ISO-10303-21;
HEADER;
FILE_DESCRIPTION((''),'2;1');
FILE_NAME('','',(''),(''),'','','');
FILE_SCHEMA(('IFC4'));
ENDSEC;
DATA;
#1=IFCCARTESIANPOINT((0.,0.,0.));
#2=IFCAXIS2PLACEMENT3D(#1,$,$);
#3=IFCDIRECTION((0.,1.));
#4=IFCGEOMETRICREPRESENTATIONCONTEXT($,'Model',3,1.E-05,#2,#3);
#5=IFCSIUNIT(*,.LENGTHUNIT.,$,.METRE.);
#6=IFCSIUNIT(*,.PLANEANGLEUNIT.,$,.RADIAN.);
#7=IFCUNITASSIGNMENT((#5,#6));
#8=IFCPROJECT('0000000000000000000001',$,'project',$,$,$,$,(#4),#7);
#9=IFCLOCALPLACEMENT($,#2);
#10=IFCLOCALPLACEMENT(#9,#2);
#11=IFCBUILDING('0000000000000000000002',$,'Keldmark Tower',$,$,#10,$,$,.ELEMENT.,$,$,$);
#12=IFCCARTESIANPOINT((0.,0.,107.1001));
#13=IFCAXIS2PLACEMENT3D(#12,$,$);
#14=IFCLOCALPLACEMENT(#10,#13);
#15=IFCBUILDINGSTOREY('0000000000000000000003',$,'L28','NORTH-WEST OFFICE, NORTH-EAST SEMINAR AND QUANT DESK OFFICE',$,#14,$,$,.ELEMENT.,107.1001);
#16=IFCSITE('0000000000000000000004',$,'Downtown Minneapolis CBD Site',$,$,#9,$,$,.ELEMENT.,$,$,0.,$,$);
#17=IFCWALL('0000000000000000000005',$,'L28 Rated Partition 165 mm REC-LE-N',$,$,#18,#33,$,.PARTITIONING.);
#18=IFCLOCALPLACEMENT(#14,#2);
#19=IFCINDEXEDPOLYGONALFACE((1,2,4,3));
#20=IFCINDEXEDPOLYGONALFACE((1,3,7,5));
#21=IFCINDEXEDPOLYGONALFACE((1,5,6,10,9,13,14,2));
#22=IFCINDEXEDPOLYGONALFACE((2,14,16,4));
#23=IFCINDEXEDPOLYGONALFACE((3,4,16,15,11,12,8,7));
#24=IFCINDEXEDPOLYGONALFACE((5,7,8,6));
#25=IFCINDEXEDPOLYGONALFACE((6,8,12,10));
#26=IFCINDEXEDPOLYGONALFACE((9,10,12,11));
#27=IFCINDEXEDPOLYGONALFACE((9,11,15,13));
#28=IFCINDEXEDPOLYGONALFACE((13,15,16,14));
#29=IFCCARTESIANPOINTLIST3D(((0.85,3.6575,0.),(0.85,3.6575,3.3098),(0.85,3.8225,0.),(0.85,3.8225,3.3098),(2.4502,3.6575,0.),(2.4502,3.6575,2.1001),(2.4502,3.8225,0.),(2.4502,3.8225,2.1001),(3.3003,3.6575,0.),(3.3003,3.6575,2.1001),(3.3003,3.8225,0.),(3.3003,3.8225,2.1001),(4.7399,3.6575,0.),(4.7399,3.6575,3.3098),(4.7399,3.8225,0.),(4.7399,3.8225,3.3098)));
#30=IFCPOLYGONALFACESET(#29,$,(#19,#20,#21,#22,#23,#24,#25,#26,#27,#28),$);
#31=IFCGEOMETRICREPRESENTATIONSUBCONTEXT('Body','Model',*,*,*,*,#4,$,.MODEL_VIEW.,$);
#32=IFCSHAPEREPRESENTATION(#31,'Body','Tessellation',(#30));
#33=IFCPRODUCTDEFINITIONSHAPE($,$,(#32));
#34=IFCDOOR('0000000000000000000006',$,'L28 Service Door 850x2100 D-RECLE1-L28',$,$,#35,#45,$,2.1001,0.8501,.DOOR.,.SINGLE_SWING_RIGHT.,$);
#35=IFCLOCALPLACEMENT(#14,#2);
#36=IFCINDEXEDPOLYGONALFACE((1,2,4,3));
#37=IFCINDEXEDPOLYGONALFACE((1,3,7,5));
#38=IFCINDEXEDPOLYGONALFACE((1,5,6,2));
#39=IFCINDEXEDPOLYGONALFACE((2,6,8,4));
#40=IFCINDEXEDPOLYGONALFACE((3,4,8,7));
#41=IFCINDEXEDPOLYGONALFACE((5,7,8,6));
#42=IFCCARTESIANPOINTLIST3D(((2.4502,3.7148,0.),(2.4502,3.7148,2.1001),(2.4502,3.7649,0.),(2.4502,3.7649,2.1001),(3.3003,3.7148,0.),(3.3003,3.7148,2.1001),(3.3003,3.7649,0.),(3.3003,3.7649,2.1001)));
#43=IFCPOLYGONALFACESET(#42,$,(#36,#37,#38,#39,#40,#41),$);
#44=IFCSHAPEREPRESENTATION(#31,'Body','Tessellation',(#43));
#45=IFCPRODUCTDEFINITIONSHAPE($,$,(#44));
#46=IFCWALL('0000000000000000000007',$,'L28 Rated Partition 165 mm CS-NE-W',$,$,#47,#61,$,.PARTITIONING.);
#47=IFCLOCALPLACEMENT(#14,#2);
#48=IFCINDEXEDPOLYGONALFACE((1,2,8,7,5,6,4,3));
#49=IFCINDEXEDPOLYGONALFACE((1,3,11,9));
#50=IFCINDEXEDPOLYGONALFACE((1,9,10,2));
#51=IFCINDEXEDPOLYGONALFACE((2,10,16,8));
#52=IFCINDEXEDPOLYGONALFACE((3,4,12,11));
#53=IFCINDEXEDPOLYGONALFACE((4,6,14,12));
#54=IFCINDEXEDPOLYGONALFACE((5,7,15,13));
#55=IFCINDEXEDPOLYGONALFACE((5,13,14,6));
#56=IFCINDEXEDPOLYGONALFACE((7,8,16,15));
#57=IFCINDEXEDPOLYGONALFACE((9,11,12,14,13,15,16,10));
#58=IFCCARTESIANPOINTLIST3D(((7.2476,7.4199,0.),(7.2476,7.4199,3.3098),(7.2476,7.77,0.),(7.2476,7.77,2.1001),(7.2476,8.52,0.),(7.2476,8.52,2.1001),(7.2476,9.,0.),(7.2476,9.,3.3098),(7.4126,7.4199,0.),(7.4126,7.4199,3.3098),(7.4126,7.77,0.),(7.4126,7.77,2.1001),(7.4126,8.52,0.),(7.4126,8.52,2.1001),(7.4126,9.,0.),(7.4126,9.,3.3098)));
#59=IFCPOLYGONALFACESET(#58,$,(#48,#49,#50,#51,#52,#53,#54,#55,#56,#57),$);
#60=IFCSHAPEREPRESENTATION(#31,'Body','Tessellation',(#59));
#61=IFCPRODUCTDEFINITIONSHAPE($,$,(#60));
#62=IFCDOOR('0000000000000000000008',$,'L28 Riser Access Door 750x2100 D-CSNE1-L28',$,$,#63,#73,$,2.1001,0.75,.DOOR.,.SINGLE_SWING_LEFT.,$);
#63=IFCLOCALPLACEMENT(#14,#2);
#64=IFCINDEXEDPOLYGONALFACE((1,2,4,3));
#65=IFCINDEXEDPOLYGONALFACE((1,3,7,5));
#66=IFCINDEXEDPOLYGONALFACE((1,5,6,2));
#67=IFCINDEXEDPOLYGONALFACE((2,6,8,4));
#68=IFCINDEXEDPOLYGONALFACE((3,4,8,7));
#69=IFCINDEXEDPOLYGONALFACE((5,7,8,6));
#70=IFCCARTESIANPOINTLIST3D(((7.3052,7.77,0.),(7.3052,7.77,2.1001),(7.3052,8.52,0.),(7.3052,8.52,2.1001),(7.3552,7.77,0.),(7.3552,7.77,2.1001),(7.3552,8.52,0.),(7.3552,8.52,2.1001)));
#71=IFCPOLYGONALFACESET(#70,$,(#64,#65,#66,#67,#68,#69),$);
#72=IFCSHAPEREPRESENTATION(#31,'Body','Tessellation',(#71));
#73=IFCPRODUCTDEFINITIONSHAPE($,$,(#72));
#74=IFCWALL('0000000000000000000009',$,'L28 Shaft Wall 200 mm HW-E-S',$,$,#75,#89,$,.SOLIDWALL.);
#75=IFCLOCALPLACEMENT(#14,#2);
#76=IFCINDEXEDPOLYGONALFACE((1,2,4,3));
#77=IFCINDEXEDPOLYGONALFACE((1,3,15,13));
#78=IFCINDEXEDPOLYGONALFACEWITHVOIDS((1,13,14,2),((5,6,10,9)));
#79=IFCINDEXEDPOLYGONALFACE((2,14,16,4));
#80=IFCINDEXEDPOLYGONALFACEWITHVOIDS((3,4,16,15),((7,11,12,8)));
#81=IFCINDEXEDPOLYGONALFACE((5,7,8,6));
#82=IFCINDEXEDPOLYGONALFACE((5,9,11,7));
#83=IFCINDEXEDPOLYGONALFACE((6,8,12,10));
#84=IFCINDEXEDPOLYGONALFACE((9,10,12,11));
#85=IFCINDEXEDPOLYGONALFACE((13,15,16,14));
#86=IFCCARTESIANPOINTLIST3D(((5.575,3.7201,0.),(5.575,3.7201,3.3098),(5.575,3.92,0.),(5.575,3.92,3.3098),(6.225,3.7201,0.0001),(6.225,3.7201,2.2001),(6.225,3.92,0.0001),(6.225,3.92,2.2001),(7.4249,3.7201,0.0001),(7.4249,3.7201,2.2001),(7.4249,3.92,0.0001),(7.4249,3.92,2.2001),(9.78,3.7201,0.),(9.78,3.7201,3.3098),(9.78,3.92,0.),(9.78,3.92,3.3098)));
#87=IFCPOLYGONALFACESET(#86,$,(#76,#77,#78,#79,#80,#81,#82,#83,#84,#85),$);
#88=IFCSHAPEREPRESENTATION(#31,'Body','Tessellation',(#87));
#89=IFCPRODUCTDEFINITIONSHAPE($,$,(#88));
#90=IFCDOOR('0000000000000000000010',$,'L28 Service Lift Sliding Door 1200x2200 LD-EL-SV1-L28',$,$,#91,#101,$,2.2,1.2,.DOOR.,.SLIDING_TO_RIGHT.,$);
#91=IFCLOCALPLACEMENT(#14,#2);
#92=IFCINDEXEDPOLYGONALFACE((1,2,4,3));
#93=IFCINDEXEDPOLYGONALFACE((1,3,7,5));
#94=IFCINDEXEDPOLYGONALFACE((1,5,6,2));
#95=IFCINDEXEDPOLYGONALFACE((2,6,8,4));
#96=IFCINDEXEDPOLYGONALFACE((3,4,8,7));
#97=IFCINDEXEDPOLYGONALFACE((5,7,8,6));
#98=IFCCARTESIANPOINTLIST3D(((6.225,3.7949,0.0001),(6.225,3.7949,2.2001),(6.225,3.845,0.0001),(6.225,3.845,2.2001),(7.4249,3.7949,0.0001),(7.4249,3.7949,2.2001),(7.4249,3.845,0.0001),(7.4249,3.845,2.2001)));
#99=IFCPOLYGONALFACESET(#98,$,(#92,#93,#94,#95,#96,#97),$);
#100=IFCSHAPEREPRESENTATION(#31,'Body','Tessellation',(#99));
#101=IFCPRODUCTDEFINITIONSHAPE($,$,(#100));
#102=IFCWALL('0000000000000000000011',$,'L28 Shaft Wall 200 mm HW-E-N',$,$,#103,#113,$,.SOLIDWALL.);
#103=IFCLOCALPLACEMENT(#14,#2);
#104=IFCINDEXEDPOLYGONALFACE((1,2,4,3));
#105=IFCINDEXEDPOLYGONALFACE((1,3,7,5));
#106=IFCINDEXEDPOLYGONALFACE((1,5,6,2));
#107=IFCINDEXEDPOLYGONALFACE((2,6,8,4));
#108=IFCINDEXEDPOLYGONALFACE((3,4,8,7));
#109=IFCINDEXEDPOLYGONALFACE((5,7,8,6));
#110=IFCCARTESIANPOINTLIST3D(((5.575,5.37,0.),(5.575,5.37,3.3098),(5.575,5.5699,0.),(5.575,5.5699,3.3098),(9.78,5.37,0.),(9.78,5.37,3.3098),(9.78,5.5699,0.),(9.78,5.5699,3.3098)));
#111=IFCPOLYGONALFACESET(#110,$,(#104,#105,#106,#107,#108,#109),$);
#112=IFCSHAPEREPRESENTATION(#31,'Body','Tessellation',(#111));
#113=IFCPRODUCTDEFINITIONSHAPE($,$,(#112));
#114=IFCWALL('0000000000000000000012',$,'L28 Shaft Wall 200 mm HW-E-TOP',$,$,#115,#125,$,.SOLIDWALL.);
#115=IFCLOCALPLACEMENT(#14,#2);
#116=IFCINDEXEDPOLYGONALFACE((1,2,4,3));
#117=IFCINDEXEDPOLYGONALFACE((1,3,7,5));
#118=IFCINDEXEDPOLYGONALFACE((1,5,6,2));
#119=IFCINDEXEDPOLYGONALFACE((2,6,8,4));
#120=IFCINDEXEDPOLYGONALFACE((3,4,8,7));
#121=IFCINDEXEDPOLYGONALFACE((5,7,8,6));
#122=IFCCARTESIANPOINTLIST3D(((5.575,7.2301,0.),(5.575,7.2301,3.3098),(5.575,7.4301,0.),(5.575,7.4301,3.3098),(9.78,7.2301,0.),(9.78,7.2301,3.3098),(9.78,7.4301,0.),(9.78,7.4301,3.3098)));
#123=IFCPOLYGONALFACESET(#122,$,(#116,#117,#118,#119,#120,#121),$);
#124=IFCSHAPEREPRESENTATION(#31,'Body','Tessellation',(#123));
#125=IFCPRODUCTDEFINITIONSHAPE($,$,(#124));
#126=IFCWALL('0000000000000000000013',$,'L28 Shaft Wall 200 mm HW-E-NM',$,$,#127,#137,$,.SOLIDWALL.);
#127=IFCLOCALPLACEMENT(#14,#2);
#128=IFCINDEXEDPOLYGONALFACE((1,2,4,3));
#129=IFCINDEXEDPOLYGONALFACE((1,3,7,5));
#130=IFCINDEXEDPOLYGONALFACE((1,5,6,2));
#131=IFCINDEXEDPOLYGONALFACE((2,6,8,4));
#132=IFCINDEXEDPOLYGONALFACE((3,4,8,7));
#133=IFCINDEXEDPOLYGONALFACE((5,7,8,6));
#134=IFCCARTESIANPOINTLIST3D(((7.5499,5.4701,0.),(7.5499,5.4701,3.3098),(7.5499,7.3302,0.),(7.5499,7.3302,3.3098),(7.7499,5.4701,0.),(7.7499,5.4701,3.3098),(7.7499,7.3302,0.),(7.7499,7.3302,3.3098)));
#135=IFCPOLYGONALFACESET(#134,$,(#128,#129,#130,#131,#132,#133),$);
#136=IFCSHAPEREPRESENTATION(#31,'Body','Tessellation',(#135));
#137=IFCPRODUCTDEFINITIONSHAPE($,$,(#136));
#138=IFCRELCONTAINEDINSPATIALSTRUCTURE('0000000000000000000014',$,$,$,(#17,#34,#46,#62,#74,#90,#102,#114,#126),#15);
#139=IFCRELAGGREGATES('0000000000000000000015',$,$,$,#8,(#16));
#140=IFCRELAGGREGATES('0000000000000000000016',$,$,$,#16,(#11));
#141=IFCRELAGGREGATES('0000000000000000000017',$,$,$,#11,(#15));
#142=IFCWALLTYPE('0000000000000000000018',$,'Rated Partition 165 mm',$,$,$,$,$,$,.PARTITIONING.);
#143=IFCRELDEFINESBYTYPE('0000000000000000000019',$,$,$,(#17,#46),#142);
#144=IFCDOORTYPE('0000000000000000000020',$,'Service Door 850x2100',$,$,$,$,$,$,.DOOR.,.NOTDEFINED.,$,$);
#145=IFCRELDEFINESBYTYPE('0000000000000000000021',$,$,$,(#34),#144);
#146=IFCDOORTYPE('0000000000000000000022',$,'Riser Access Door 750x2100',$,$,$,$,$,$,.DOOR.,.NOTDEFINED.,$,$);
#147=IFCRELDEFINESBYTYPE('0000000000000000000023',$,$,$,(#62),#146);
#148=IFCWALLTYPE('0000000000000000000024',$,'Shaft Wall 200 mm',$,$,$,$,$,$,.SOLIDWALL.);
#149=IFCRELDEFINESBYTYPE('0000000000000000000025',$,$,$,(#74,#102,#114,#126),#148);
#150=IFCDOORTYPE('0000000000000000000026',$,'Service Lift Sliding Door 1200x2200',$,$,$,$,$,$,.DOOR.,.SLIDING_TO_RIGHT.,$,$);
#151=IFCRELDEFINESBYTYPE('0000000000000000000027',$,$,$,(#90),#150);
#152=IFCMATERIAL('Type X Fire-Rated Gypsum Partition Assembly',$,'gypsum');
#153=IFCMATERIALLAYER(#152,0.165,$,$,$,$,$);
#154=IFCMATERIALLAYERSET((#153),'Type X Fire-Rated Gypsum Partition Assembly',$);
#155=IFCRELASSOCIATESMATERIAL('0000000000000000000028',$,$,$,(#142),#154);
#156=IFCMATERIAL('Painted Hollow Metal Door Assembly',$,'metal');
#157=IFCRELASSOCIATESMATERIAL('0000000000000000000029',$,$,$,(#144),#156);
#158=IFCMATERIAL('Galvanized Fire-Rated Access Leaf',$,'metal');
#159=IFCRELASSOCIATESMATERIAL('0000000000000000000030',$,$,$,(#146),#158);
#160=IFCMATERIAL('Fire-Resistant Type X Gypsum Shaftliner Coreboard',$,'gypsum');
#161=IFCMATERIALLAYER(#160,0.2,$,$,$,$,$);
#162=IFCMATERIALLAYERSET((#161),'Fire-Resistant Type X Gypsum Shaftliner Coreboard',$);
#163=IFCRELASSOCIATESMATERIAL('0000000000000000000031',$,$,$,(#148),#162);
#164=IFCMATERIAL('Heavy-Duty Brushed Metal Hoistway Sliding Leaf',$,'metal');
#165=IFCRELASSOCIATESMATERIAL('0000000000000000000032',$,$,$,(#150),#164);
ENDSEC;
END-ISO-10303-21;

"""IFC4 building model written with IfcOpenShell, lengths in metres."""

from ifc_helpers import new_model, si_unit, direction, frame, frame_2d, origin, place, context, subcontext, project, spatial, rectangle, extrude, material, layer, layer_set, type_object, element, fill, save


model = new_model("IFC4")

# Units and contexts
model_context = context("Model", 3, precision=1e-05, world=origin(), true_north=direction((0.0, 1.0)))
body_context = subcontext(model_context, "Body", "Model", "MODEL_VIEW")
ifc_project = project(units=[si_unit("LENGTHUNIT", "METRE"), si_unit("PLANEANGLEUNIT", "RADIAN")], contexts=[model_context])

# Site, building, storey
site_placement = place(None, origin())
site = spatial("IfcSite", under=ifc_project, at=site_placement, Name="Downtown Minneapolis CBD Site", CompositionType="ELEMENT", RefElevation=0.0)
building_placement = place(site_placement, origin())
building = spatial("IfcBuilding", under=site, at=building_placement, Name="Keldmark Tower", CompositionType="ELEMENT")
storey_placement = place(building_placement, frame((0.0, 0.0, 107.1001)))
storey = spatial("IfcBuildingStorey", under=building, at=storey_placement, Name="L28", Description="NORTH-WEST OFFICE, NORTH-EAST SEMINAR AND QUANT DESK OFFICE", CompositionType="ELEMENT", Elevation=107.1001)

# Walls, openings, doors
ifc_material_1 = material(Name="Type X Fire-Rated Gypsum Partition Assembly", Category="gypsum")
ifc_layer_1 = layer(ifc_material_1, 0.165)
ifc_layer_set_1 = layer_set([ifc_layer_1], Name="Type X Fire-Rated Gypsum Partition Assembly")
wall_type_1 = type_object("IfcWallType", Name="Rated Partition 165 mm", PredefinedType="PARTITIONING", material=ifc_layer_set_1)
wall_1_placement = place(storey_placement, frame((0.8501, 3.74, 0.0), z_axis=(0.0, 0.0, 1.0), x_axis=(1.0, 0.0, 0.0)))
wall_1 = element("IfcWall", 1, at=wall_1_placement, inside=storey, type_object=wall_type_1, Name="L28 Rated Partition 165 mm REC-LE-N", PredefinedType="PARTITIONING", context=body_context, shape_type="SweptSolid", body=[
    extrude(rectangle(XDim=3.8899, YDim=0.165, at=frame_2d((1.9448, 0.0))), origin(), (0.0, 0.0, 1.0), 3.3098),
])
opening_1_placement = place(wall_1_placement, frame((1.6001, 0.0, 0.0)))
opening_1 = element("IfcOpeningElement", 2, at=opening_1_placement, cuts=wall_1, PredefinedType="OPENING", context=body_context, shape_type="SweptSolid", body=[
    extrude(rectangle(XDim=0.8501, YDim=2.1001, at=frame_2d((0.425, 1.05))), frame((0.0, 0.0925, 0.0), z_axis=(0.0, -1.0, 0.0), x_axis=(1.0, 0.0, 0.0)), (0.0, 0.0, 1.0), 0.1851),
])
ifc_material_2 = material(Name="Painted Hollow Metal Door Assembly", Category="metal")
door_type_1 = type_object("IfcDoorType", Name="Service Door 850x2100", OperationType="NOTDEFINED", PredefinedType="DOOR", material=ifc_material_2)
door_1_placement = place(opening_1_placement, origin())
door_1 = element("IfcDoor", 3, at=door_1_placement, inside=storey, type_object=door_type_1, Name="L28 Service Door 850x2100 D-RECLE1-L28", OperationType="SINGLE_SWING_RIGHT", OverallHeight=2.1001, OverallWidth=0.8501, PredefinedType="DOOR", context=body_context, shape_type="SweptSolid", body=[
    extrude(rectangle(XDim=0.8501, YDim=2.1001, at=frame_2d((0.425, 1.05))), frame((0.0, 0.0249, 0.0), z_axis=(0.0, -1.0, 0.0), x_axis=(1.0, 0.0, 0.0)), (0.0, 0.0, 1.0), 0.05),
])
fill(opening_1, door_1)
wall_2_placement = place(storey_placement, frame((7.3301, 7.4199, 0.0), z_axis=(0.0, 0.0, 1.0), x_axis=(0.0, 1.0, 0.0)))
wall_2 = element("IfcWall", 4, at=wall_2_placement, inside=storey, type_object=wall_type_1, Name="L28 Rated Partition 165 mm CS-NE-W", PredefinedType="PARTITIONING", context=body_context, shape_type="SweptSolid", body=[
    extrude(rectangle(XDim=1.5801, YDim=0.165, at=frame_2d((0.79, 0.0))), origin(), (0.0, 0.0, 1.0), 3.3098),
])
opening_2_placement = place(wall_2_placement, frame((0.3501, 0.0, 0.0)))
opening_2 = element("IfcOpeningElement", 5, at=opening_2_placement, cuts=wall_2, PredefinedType="OPENING", context=body_context, shape_type="SweptSolid", body=[
    extrude(rectangle(XDim=0.75, YDim=2.1001, at=frame_2d((0.375, 1.05))), frame((0.0, 0.0925, 0.0), z_axis=(0.0, -1.0, 0.0), x_axis=(1.0, 0.0, 0.0)), (0.0, 0.0, 1.0), 0.1851),
])
ifc_material_3 = material(Name="Galvanized Fire-Rated Access Leaf", Category="metal")
door_type_2 = type_object("IfcDoorType", Name="Riser Access Door 750x2100", OperationType="NOTDEFINED", PredefinedType="DOOR", material=ifc_material_3)
door_2_placement = place(opening_2_placement, origin())
door_2 = element("IfcDoor", 6, at=door_2_placement, inside=storey, type_object=door_type_2, Name="L28 Riser Access Door 750x2100 D-CSNE1-L28", OperationType="SINGLE_SWING_LEFT", OverallHeight=2.1001, OverallWidth=0.75, PredefinedType="DOOR", context=body_context, shape_type="SweptSolid", body=[
    extrude(rectangle(XDim=0.75, YDim=2.1001, at=frame_2d((0.375, 1.05))), frame((0.0, 0.0249, 0.0), z_axis=(0.0, -1.0, 0.0), x_axis=(1.0, 0.0, 0.0)), (0.0, 0.0, 1.0), 0.05),
])
fill(opening_2, door_2)
ifc_material_4 = material(Name="Fire-Resistant Type X Gypsum Shaftliner Coreboard", Category="gypsum")
ifc_layer_2 = layer(ifc_material_4, 0.2)
ifc_layer_set_2 = layer_set([ifc_layer_2], Name="Fire-Resistant Type X Gypsum Shaftliner Coreboard")
wall_type_2 = type_object("IfcWallType", Name="Shaft Wall 200 mm", PredefinedType="SOLIDWALL", material=ifc_layer_set_2)
wall_3_placement = place(storey_placement, frame((5.575, 3.8201, 0.0), z_axis=(0.0, 0.0, 1.0), x_axis=(1.0, 0.0, 0.0)))
wall_3 = element("IfcWall", 7, at=wall_3_placement, inside=storey, type_object=wall_type_2, Name="L28 Shaft Wall 200 mm HW-E-S", PredefinedType="SOLIDWALL", context=body_context, shape_type="SweptSolid", body=[
    extrude(rectangle(XDim=4.2051, YDim=0.2, at=frame_2d((2.1025, 0.0))), origin(), (0.0, 0.0, 1.0), 3.3098),
])
opening_3_placement = place(wall_3_placement, frame((0.6499, 0.0, 0.0)))
opening_3 = element("IfcOpeningElement", 8, at=opening_3_placement, cuts=wall_3, PredefinedType="OPENING", context=body_context, shape_type="SweptSolid", body=[
    extrude(rectangle(XDim=1.2, YDim=2.2, at=frame_2d((0.6001, 1.1001))), frame((0.0, 0.1099, 0.0), z_axis=(0.0, -1.0, 0.0), x_axis=(1.0, 0.0, 0.0)), (0.0, 0.0, 1.0), 0.22),
])
ifc_material_5 = material(Name="Heavy-Duty Brushed Metal Hoistway Sliding Leaf", Category="metal")
door_type_3 = type_object("IfcDoorType", Name="Service Lift Sliding Door 1200x2200", OperationType="SLIDING_TO_RIGHT", PredefinedType="DOOR", material=ifc_material_5)
door_3_placement = place(opening_3_placement, origin())
door_3 = element("IfcDoor", 9, at=door_3_placement, inside=storey, type_object=door_type_3, Name="L28 Service Lift Sliding Door 1200x2200 LD-EL-SV1-L28", OperationType="SLIDING_TO_RIGHT", OverallHeight=2.2, OverallWidth=1.2, PredefinedType="DOOR", context=body_context, shape_type="SweptSolid", body=[
    extrude(rectangle(XDim=1.2, YDim=2.2, at=frame_2d((0.6001, 1.1001))), frame((0.0, 0.0249, 0.0), z_axis=(0.0, -1.0, 0.0), x_axis=(1.0, 0.0, 0.0)), (0.0, 0.0, 1.0), 0.05),
])
fill(opening_3, door_3)

# Walls
for number, where, z_axis, x_axis, name in (
    (10, (5.575, 5.47, 0.0), (0.0, 0.0, 1.0), (1.0, 0.0, 0.0), "L28 Shaft Wall 200 mm HW-E-N"),
    (11, (5.575, 7.3301, 0.0), (0.0, 0.0, 1.0), (1.0, 0.0, 0.0), "L28 Shaft Wall 200 mm HW-E-TOP"),
):
    element("IfcWall", number, at=place(storey_placement, frame(where, z_axis=z_axis, x_axis=x_axis)), inside=storey, type_object=wall_type_2, Name=name, PredefinedType="SOLIDWALL", context=body_context, shape_type="SweptSolid", body=[
        extrude(rectangle(XDim=4.2051, YDim=0.2, at=frame_2d((2.1025, 0.0))), origin(), (0.0, 0.0, 1.0), 3.3098),
    ])
wall_4_placement = place(storey_placement, frame((7.6499, 5.47, 0.0), z_axis=(0.0, 0.0, 1.0), x_axis=(0.0, 1.0, 0.0)))
element("IfcWall", 12, at=wall_4_placement, inside=storey, type_object=wall_type_2, Name="L28 Shaft Wall 200 mm HW-E-NM", PredefinedType="SOLIDWALL", context=body_context, shape_type="SweptSolid", body=[
    extrude(rectangle(XDim=1.8601, YDim=0.2, at=frame_2d((0.9302, 0.0))), origin(), (0.0, 0.0, 1.0), 3.3098),
])

save(model, "model.ifc")
